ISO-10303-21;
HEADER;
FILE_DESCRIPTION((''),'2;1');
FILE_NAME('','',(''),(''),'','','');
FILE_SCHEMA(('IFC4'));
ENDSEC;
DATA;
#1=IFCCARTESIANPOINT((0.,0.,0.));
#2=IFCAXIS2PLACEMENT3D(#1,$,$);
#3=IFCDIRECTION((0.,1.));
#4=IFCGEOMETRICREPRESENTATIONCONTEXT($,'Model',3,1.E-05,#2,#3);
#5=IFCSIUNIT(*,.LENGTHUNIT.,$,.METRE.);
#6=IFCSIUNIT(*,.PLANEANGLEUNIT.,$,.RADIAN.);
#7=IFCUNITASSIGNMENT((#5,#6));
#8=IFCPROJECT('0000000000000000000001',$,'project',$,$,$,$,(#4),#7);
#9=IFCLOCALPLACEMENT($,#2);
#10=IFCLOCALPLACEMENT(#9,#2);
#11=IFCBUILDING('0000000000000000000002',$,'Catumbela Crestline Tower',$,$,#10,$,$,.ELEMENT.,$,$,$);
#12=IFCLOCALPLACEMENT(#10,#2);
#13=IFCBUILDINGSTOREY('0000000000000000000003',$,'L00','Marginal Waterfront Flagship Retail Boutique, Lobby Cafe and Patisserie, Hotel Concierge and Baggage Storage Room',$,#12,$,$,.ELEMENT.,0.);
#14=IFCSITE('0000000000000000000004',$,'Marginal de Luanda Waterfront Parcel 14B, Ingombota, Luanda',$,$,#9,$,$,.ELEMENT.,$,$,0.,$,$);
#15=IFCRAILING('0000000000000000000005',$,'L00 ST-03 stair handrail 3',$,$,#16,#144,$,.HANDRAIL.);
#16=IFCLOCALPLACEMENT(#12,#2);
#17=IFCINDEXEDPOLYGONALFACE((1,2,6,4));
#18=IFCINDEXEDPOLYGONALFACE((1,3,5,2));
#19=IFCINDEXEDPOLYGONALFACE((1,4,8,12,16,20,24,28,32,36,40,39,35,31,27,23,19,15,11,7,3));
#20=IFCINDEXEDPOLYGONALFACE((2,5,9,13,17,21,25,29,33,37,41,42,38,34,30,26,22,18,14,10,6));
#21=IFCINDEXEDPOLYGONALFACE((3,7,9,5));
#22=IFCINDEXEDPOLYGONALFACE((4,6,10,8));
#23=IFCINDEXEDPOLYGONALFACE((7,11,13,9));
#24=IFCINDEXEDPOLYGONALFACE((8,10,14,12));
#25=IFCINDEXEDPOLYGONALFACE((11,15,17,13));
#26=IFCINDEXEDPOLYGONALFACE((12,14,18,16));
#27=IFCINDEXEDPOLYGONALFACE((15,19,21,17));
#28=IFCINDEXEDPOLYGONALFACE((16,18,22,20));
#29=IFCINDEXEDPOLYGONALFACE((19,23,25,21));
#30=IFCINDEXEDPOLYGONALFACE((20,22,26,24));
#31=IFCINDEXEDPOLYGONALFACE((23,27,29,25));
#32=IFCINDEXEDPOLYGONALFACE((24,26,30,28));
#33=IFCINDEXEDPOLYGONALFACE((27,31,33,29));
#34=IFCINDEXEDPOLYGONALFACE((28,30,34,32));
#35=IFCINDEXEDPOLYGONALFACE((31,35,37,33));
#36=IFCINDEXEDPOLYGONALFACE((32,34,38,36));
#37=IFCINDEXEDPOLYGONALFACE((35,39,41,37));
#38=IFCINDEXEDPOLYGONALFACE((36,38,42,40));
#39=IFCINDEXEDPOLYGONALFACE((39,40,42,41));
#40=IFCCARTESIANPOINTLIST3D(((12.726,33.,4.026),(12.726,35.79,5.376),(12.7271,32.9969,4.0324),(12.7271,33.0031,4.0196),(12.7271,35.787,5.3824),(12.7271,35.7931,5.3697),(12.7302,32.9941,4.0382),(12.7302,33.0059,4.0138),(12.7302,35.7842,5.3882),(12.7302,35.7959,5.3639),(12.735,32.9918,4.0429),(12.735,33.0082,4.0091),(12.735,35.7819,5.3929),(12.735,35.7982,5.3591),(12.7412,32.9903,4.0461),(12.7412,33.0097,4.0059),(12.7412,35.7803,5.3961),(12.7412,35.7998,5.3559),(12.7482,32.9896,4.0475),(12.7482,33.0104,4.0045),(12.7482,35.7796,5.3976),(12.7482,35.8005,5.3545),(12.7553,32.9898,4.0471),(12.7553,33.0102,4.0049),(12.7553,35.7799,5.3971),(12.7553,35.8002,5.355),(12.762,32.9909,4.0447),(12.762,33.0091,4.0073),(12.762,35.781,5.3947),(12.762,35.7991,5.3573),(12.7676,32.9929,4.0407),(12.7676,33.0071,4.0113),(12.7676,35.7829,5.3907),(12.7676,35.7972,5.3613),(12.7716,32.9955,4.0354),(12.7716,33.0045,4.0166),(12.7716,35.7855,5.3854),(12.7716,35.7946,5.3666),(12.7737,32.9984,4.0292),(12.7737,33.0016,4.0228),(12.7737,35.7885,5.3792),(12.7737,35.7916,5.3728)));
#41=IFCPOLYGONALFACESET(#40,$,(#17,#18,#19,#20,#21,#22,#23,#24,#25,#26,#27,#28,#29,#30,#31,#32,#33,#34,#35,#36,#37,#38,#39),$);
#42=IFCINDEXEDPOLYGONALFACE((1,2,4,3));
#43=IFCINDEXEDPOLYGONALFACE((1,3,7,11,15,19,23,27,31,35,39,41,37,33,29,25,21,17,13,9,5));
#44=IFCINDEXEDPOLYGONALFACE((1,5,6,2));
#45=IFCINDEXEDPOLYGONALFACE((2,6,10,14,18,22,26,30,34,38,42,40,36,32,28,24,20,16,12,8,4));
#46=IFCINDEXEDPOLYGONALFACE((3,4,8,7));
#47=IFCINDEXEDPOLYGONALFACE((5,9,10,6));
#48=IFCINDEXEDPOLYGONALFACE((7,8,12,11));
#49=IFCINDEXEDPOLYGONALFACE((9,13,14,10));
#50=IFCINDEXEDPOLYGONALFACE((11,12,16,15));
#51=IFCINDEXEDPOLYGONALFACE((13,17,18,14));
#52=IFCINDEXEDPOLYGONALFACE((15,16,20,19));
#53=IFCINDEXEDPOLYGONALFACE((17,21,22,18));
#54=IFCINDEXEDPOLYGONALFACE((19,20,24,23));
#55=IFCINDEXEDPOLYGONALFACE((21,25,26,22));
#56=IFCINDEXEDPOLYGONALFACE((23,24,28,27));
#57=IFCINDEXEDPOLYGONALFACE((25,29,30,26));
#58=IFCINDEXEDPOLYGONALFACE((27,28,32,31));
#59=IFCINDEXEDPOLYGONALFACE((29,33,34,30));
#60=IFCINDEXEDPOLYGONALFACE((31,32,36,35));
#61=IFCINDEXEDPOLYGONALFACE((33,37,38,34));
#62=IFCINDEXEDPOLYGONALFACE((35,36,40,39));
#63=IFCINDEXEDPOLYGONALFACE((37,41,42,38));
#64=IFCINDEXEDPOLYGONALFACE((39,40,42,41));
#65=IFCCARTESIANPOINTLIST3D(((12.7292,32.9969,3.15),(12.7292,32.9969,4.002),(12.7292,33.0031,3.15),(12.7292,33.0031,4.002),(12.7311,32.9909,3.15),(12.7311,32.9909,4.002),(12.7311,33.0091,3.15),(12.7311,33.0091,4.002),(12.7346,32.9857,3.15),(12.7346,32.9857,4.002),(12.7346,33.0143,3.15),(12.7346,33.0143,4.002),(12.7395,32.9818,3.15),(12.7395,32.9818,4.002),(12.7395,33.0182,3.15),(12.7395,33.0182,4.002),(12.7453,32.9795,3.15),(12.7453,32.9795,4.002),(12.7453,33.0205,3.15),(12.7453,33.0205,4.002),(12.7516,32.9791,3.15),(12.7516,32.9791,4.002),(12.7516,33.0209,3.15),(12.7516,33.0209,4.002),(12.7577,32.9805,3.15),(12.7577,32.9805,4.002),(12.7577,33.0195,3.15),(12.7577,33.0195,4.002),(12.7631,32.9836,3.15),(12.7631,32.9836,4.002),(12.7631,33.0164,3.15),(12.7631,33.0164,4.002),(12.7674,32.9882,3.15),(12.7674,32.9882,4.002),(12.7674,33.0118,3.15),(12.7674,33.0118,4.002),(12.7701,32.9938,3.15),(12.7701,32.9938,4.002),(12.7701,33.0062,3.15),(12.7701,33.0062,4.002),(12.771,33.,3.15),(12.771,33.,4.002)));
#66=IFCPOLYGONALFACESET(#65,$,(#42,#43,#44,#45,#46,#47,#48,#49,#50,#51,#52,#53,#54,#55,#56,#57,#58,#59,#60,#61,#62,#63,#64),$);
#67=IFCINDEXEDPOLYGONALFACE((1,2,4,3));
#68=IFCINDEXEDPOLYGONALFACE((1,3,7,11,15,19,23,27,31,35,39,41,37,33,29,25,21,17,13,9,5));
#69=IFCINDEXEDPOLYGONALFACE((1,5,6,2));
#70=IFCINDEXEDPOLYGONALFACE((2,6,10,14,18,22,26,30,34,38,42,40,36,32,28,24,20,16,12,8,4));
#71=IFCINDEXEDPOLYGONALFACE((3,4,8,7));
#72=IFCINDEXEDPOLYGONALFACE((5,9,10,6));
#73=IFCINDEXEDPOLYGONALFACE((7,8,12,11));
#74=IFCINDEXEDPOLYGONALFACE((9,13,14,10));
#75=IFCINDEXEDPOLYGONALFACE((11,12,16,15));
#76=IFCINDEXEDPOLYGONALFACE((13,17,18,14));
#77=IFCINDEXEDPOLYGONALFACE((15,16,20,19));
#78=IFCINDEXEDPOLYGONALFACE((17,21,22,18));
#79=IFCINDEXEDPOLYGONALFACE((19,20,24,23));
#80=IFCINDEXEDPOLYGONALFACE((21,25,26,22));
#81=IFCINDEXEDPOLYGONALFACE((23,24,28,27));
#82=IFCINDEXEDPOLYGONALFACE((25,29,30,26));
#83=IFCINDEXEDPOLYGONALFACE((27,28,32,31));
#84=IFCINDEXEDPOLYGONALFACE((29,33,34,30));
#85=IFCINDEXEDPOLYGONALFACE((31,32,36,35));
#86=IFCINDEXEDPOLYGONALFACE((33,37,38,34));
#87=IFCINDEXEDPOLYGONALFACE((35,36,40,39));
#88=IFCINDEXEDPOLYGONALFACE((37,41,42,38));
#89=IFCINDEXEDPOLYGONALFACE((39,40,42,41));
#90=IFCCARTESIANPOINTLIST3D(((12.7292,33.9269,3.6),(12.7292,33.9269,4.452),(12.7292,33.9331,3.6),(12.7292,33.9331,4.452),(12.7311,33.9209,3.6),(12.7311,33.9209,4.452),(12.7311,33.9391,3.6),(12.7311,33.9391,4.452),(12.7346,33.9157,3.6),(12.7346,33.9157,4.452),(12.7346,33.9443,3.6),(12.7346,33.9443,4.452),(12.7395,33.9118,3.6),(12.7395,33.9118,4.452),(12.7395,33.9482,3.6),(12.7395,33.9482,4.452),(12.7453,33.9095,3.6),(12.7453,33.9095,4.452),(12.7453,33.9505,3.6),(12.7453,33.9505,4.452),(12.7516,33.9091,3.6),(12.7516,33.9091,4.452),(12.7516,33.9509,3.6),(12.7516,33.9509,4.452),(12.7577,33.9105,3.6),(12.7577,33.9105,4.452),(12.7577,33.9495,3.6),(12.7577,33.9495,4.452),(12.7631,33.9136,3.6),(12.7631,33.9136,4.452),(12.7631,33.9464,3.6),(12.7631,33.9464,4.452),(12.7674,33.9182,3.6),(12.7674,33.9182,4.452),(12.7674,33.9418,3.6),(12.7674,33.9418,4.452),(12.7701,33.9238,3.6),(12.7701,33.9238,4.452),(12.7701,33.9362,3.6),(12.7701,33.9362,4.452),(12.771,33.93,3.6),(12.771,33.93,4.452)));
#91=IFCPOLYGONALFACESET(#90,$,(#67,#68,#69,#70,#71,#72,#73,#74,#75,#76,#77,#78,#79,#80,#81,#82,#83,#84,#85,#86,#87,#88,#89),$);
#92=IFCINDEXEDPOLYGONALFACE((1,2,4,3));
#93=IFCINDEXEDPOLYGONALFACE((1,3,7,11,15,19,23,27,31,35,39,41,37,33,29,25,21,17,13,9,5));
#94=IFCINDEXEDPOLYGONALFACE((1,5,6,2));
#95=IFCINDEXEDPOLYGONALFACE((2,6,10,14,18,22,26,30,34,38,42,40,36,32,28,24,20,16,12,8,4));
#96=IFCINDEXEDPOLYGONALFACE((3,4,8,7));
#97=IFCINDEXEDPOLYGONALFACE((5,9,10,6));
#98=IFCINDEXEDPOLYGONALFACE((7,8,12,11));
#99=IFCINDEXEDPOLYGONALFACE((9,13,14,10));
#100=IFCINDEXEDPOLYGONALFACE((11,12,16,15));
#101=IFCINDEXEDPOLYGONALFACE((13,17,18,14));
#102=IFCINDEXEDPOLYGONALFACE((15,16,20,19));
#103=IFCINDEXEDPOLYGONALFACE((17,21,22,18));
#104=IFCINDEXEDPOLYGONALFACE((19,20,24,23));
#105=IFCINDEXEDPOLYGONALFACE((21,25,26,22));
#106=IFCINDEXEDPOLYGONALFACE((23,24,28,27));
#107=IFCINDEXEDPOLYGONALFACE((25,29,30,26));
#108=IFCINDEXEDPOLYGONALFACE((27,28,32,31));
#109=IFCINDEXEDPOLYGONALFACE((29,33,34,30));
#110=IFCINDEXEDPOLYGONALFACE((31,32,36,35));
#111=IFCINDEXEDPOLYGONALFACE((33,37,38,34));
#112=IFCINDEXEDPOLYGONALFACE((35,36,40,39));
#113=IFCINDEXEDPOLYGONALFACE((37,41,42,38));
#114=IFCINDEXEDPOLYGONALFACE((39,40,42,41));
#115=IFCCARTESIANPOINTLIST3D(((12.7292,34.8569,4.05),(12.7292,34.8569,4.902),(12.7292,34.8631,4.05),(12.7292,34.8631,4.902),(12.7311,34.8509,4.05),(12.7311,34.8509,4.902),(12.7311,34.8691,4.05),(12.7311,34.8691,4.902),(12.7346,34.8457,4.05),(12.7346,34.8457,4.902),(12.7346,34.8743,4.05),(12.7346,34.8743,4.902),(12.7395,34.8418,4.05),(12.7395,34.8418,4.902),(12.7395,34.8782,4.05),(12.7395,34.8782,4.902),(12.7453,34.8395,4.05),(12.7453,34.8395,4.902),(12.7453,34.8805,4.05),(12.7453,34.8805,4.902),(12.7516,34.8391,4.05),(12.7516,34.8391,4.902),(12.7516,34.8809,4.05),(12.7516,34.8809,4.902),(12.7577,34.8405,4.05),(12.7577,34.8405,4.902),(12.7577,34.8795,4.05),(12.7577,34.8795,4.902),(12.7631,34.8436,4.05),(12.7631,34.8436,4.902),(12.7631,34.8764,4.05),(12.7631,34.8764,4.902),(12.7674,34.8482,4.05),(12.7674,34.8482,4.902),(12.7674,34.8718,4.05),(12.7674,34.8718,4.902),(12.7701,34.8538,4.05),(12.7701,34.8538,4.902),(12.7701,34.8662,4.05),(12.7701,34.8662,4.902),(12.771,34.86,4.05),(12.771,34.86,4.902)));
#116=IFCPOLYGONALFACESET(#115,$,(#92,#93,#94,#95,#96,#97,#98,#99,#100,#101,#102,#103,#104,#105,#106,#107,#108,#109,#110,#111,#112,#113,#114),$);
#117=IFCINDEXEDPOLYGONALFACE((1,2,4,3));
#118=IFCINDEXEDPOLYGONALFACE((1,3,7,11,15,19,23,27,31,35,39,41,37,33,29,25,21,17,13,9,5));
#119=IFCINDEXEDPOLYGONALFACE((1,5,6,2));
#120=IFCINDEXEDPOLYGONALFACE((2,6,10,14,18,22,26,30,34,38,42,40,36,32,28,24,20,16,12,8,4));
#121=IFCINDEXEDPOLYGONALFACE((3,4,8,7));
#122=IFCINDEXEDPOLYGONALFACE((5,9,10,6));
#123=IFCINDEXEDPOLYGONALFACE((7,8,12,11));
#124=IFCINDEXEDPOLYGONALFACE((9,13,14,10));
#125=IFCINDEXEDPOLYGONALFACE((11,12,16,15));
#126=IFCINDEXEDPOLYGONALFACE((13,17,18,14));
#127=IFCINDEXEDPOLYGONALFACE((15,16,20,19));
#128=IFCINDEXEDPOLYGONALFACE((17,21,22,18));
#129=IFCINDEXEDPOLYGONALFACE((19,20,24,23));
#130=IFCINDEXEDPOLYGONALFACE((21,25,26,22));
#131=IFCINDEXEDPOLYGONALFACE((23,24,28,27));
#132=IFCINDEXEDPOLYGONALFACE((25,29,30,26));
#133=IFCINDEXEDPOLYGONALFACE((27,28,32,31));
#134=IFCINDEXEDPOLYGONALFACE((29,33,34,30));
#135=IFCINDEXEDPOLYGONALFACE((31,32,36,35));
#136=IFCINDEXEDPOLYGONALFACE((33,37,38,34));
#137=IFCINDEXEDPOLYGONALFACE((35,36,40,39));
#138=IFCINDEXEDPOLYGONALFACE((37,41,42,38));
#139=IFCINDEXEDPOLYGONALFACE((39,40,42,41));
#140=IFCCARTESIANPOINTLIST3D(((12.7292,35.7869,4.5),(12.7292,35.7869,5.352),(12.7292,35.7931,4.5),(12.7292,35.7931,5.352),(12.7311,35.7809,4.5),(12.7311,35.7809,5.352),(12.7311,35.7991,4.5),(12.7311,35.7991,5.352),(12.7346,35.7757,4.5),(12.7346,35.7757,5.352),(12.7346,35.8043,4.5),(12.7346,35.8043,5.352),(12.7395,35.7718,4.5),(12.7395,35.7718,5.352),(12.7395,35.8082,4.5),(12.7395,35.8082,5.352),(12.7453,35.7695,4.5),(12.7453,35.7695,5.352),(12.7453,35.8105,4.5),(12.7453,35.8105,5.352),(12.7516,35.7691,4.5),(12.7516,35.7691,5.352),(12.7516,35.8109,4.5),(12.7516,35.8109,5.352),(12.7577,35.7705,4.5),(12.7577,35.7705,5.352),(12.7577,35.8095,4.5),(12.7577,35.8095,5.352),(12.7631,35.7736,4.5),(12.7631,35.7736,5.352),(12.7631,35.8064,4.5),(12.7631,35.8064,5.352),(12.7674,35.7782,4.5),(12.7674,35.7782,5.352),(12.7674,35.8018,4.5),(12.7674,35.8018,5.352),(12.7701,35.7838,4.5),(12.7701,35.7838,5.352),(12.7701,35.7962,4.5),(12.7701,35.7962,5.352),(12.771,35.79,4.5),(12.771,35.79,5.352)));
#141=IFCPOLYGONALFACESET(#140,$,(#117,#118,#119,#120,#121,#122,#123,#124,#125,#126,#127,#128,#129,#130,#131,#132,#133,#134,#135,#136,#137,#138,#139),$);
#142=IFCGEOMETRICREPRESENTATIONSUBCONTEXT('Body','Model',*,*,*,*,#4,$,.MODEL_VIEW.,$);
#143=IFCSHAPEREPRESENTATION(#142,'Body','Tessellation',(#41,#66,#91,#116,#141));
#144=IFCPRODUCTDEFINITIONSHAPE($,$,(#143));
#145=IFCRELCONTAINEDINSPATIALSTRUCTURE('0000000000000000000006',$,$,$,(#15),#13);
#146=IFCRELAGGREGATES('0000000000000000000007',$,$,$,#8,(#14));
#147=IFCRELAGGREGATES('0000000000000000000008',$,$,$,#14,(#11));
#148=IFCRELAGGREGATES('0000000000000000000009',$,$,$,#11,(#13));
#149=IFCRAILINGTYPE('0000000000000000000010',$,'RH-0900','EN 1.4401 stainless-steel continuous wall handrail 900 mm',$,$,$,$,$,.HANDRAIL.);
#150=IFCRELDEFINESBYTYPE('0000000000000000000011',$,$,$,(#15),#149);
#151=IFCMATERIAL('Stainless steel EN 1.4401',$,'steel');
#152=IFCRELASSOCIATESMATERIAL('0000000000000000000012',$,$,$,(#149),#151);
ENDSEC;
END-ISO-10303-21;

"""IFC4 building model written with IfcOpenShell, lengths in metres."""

from ifc_helpers import new_model, si_unit, direction, frame, origin, origin_2d, place, context, subcontext, project, spatial, circle, extrude, material, type_object, element, save


model = new_model("IFC4")

# Units and contexts
model_context = context("Model", 3, precision=1e-05, world=origin(), true_north=direction((0.0, 1.0)))
body_context = subcontext(model_context, "Body", "Model", "MODEL_VIEW")
ifc_project = project(units=[si_unit("LENGTHUNIT", "METRE"), si_unit("PLANEANGLEUNIT", "RADIAN")], contexts=[model_context])

# Site, building, storey
site_placement = place(None, origin())
site = spatial("IfcSite", under=ifc_project, at=site_placement, Name="Marginal de Luanda Waterfront Parcel 14B, Ingombota, Luanda", CompositionType="ELEMENT", RefElevation=0.0)
building_placement = place(site_placement, origin())
building = spatial("IfcBuilding", under=site, at=building_placement, Name="Catumbela Crestline Tower", CompositionType="ELEMENT")
storey_placement = place(building_placement, origin())
storey = spatial("IfcBuildingStorey", under=building, at=storey_placement, Name="L00", Description="Marginal Waterfront Flagship Retail Boutique, Lobby Cafe and Patisserie, Hotel Concierge and Baggage Storage Room", CompositionType="ELEMENT", Elevation=0.0)

# Shared definitions
ifc_material_1 = material(Name="Stainless steel EN 1.4401", Category="steel")

# Railing
railing_type_1 = type_object("IfcRailingType", Name="RH-0900", Description="EN 1.4401 stainless-steel continuous wall handrail 900 mm", PredefinedType="HANDRAIL", material=ifc_material_1)
for number, where, name in (
    (1, (12.75, 33.0, 3.15), "L00 ST-03 stair handrail 3"),
):
    element("IfcRailing", number, at=place(storey_placement, frame(where)), inside=storey, type_object=railing_type_1, Name=name, PredefinedType="HANDRAIL", context=body_context, shape_type="SweptSolid", body=[
        extrude(circle(Radius=0.024, at=origin_2d()), frame((0.0, 0.0, 0.876), z_axis=(0.0, 0.900159, 0.435561), x_axis=(-1.0, 0.0, 0.0)), (0.0, 0.0, 1.0), 3.0995),
        extrude(circle(Radius=0.021, at=origin_2d()), origin(), (0.0, 0.0, 1.0), 0.852),
        extrude(circle(Radius=0.021, at=origin_2d()), frame((0.0, 0.93, 0.45)), (0.0, 0.0, 1.0), 0.852),
        extrude(circle(Radius=0.021, at=origin_2d()), frame((0.0, 1.86, 0.9)), (0.0, 0.0, 1.0), 0.852),
        extrude(circle(Radius=0.021, at=origin_2d()), frame((0.0, 2.79, 1.35)), (0.0, 0.0, 1.0), 0.852),
    ])

save(model, "model.ifc")
